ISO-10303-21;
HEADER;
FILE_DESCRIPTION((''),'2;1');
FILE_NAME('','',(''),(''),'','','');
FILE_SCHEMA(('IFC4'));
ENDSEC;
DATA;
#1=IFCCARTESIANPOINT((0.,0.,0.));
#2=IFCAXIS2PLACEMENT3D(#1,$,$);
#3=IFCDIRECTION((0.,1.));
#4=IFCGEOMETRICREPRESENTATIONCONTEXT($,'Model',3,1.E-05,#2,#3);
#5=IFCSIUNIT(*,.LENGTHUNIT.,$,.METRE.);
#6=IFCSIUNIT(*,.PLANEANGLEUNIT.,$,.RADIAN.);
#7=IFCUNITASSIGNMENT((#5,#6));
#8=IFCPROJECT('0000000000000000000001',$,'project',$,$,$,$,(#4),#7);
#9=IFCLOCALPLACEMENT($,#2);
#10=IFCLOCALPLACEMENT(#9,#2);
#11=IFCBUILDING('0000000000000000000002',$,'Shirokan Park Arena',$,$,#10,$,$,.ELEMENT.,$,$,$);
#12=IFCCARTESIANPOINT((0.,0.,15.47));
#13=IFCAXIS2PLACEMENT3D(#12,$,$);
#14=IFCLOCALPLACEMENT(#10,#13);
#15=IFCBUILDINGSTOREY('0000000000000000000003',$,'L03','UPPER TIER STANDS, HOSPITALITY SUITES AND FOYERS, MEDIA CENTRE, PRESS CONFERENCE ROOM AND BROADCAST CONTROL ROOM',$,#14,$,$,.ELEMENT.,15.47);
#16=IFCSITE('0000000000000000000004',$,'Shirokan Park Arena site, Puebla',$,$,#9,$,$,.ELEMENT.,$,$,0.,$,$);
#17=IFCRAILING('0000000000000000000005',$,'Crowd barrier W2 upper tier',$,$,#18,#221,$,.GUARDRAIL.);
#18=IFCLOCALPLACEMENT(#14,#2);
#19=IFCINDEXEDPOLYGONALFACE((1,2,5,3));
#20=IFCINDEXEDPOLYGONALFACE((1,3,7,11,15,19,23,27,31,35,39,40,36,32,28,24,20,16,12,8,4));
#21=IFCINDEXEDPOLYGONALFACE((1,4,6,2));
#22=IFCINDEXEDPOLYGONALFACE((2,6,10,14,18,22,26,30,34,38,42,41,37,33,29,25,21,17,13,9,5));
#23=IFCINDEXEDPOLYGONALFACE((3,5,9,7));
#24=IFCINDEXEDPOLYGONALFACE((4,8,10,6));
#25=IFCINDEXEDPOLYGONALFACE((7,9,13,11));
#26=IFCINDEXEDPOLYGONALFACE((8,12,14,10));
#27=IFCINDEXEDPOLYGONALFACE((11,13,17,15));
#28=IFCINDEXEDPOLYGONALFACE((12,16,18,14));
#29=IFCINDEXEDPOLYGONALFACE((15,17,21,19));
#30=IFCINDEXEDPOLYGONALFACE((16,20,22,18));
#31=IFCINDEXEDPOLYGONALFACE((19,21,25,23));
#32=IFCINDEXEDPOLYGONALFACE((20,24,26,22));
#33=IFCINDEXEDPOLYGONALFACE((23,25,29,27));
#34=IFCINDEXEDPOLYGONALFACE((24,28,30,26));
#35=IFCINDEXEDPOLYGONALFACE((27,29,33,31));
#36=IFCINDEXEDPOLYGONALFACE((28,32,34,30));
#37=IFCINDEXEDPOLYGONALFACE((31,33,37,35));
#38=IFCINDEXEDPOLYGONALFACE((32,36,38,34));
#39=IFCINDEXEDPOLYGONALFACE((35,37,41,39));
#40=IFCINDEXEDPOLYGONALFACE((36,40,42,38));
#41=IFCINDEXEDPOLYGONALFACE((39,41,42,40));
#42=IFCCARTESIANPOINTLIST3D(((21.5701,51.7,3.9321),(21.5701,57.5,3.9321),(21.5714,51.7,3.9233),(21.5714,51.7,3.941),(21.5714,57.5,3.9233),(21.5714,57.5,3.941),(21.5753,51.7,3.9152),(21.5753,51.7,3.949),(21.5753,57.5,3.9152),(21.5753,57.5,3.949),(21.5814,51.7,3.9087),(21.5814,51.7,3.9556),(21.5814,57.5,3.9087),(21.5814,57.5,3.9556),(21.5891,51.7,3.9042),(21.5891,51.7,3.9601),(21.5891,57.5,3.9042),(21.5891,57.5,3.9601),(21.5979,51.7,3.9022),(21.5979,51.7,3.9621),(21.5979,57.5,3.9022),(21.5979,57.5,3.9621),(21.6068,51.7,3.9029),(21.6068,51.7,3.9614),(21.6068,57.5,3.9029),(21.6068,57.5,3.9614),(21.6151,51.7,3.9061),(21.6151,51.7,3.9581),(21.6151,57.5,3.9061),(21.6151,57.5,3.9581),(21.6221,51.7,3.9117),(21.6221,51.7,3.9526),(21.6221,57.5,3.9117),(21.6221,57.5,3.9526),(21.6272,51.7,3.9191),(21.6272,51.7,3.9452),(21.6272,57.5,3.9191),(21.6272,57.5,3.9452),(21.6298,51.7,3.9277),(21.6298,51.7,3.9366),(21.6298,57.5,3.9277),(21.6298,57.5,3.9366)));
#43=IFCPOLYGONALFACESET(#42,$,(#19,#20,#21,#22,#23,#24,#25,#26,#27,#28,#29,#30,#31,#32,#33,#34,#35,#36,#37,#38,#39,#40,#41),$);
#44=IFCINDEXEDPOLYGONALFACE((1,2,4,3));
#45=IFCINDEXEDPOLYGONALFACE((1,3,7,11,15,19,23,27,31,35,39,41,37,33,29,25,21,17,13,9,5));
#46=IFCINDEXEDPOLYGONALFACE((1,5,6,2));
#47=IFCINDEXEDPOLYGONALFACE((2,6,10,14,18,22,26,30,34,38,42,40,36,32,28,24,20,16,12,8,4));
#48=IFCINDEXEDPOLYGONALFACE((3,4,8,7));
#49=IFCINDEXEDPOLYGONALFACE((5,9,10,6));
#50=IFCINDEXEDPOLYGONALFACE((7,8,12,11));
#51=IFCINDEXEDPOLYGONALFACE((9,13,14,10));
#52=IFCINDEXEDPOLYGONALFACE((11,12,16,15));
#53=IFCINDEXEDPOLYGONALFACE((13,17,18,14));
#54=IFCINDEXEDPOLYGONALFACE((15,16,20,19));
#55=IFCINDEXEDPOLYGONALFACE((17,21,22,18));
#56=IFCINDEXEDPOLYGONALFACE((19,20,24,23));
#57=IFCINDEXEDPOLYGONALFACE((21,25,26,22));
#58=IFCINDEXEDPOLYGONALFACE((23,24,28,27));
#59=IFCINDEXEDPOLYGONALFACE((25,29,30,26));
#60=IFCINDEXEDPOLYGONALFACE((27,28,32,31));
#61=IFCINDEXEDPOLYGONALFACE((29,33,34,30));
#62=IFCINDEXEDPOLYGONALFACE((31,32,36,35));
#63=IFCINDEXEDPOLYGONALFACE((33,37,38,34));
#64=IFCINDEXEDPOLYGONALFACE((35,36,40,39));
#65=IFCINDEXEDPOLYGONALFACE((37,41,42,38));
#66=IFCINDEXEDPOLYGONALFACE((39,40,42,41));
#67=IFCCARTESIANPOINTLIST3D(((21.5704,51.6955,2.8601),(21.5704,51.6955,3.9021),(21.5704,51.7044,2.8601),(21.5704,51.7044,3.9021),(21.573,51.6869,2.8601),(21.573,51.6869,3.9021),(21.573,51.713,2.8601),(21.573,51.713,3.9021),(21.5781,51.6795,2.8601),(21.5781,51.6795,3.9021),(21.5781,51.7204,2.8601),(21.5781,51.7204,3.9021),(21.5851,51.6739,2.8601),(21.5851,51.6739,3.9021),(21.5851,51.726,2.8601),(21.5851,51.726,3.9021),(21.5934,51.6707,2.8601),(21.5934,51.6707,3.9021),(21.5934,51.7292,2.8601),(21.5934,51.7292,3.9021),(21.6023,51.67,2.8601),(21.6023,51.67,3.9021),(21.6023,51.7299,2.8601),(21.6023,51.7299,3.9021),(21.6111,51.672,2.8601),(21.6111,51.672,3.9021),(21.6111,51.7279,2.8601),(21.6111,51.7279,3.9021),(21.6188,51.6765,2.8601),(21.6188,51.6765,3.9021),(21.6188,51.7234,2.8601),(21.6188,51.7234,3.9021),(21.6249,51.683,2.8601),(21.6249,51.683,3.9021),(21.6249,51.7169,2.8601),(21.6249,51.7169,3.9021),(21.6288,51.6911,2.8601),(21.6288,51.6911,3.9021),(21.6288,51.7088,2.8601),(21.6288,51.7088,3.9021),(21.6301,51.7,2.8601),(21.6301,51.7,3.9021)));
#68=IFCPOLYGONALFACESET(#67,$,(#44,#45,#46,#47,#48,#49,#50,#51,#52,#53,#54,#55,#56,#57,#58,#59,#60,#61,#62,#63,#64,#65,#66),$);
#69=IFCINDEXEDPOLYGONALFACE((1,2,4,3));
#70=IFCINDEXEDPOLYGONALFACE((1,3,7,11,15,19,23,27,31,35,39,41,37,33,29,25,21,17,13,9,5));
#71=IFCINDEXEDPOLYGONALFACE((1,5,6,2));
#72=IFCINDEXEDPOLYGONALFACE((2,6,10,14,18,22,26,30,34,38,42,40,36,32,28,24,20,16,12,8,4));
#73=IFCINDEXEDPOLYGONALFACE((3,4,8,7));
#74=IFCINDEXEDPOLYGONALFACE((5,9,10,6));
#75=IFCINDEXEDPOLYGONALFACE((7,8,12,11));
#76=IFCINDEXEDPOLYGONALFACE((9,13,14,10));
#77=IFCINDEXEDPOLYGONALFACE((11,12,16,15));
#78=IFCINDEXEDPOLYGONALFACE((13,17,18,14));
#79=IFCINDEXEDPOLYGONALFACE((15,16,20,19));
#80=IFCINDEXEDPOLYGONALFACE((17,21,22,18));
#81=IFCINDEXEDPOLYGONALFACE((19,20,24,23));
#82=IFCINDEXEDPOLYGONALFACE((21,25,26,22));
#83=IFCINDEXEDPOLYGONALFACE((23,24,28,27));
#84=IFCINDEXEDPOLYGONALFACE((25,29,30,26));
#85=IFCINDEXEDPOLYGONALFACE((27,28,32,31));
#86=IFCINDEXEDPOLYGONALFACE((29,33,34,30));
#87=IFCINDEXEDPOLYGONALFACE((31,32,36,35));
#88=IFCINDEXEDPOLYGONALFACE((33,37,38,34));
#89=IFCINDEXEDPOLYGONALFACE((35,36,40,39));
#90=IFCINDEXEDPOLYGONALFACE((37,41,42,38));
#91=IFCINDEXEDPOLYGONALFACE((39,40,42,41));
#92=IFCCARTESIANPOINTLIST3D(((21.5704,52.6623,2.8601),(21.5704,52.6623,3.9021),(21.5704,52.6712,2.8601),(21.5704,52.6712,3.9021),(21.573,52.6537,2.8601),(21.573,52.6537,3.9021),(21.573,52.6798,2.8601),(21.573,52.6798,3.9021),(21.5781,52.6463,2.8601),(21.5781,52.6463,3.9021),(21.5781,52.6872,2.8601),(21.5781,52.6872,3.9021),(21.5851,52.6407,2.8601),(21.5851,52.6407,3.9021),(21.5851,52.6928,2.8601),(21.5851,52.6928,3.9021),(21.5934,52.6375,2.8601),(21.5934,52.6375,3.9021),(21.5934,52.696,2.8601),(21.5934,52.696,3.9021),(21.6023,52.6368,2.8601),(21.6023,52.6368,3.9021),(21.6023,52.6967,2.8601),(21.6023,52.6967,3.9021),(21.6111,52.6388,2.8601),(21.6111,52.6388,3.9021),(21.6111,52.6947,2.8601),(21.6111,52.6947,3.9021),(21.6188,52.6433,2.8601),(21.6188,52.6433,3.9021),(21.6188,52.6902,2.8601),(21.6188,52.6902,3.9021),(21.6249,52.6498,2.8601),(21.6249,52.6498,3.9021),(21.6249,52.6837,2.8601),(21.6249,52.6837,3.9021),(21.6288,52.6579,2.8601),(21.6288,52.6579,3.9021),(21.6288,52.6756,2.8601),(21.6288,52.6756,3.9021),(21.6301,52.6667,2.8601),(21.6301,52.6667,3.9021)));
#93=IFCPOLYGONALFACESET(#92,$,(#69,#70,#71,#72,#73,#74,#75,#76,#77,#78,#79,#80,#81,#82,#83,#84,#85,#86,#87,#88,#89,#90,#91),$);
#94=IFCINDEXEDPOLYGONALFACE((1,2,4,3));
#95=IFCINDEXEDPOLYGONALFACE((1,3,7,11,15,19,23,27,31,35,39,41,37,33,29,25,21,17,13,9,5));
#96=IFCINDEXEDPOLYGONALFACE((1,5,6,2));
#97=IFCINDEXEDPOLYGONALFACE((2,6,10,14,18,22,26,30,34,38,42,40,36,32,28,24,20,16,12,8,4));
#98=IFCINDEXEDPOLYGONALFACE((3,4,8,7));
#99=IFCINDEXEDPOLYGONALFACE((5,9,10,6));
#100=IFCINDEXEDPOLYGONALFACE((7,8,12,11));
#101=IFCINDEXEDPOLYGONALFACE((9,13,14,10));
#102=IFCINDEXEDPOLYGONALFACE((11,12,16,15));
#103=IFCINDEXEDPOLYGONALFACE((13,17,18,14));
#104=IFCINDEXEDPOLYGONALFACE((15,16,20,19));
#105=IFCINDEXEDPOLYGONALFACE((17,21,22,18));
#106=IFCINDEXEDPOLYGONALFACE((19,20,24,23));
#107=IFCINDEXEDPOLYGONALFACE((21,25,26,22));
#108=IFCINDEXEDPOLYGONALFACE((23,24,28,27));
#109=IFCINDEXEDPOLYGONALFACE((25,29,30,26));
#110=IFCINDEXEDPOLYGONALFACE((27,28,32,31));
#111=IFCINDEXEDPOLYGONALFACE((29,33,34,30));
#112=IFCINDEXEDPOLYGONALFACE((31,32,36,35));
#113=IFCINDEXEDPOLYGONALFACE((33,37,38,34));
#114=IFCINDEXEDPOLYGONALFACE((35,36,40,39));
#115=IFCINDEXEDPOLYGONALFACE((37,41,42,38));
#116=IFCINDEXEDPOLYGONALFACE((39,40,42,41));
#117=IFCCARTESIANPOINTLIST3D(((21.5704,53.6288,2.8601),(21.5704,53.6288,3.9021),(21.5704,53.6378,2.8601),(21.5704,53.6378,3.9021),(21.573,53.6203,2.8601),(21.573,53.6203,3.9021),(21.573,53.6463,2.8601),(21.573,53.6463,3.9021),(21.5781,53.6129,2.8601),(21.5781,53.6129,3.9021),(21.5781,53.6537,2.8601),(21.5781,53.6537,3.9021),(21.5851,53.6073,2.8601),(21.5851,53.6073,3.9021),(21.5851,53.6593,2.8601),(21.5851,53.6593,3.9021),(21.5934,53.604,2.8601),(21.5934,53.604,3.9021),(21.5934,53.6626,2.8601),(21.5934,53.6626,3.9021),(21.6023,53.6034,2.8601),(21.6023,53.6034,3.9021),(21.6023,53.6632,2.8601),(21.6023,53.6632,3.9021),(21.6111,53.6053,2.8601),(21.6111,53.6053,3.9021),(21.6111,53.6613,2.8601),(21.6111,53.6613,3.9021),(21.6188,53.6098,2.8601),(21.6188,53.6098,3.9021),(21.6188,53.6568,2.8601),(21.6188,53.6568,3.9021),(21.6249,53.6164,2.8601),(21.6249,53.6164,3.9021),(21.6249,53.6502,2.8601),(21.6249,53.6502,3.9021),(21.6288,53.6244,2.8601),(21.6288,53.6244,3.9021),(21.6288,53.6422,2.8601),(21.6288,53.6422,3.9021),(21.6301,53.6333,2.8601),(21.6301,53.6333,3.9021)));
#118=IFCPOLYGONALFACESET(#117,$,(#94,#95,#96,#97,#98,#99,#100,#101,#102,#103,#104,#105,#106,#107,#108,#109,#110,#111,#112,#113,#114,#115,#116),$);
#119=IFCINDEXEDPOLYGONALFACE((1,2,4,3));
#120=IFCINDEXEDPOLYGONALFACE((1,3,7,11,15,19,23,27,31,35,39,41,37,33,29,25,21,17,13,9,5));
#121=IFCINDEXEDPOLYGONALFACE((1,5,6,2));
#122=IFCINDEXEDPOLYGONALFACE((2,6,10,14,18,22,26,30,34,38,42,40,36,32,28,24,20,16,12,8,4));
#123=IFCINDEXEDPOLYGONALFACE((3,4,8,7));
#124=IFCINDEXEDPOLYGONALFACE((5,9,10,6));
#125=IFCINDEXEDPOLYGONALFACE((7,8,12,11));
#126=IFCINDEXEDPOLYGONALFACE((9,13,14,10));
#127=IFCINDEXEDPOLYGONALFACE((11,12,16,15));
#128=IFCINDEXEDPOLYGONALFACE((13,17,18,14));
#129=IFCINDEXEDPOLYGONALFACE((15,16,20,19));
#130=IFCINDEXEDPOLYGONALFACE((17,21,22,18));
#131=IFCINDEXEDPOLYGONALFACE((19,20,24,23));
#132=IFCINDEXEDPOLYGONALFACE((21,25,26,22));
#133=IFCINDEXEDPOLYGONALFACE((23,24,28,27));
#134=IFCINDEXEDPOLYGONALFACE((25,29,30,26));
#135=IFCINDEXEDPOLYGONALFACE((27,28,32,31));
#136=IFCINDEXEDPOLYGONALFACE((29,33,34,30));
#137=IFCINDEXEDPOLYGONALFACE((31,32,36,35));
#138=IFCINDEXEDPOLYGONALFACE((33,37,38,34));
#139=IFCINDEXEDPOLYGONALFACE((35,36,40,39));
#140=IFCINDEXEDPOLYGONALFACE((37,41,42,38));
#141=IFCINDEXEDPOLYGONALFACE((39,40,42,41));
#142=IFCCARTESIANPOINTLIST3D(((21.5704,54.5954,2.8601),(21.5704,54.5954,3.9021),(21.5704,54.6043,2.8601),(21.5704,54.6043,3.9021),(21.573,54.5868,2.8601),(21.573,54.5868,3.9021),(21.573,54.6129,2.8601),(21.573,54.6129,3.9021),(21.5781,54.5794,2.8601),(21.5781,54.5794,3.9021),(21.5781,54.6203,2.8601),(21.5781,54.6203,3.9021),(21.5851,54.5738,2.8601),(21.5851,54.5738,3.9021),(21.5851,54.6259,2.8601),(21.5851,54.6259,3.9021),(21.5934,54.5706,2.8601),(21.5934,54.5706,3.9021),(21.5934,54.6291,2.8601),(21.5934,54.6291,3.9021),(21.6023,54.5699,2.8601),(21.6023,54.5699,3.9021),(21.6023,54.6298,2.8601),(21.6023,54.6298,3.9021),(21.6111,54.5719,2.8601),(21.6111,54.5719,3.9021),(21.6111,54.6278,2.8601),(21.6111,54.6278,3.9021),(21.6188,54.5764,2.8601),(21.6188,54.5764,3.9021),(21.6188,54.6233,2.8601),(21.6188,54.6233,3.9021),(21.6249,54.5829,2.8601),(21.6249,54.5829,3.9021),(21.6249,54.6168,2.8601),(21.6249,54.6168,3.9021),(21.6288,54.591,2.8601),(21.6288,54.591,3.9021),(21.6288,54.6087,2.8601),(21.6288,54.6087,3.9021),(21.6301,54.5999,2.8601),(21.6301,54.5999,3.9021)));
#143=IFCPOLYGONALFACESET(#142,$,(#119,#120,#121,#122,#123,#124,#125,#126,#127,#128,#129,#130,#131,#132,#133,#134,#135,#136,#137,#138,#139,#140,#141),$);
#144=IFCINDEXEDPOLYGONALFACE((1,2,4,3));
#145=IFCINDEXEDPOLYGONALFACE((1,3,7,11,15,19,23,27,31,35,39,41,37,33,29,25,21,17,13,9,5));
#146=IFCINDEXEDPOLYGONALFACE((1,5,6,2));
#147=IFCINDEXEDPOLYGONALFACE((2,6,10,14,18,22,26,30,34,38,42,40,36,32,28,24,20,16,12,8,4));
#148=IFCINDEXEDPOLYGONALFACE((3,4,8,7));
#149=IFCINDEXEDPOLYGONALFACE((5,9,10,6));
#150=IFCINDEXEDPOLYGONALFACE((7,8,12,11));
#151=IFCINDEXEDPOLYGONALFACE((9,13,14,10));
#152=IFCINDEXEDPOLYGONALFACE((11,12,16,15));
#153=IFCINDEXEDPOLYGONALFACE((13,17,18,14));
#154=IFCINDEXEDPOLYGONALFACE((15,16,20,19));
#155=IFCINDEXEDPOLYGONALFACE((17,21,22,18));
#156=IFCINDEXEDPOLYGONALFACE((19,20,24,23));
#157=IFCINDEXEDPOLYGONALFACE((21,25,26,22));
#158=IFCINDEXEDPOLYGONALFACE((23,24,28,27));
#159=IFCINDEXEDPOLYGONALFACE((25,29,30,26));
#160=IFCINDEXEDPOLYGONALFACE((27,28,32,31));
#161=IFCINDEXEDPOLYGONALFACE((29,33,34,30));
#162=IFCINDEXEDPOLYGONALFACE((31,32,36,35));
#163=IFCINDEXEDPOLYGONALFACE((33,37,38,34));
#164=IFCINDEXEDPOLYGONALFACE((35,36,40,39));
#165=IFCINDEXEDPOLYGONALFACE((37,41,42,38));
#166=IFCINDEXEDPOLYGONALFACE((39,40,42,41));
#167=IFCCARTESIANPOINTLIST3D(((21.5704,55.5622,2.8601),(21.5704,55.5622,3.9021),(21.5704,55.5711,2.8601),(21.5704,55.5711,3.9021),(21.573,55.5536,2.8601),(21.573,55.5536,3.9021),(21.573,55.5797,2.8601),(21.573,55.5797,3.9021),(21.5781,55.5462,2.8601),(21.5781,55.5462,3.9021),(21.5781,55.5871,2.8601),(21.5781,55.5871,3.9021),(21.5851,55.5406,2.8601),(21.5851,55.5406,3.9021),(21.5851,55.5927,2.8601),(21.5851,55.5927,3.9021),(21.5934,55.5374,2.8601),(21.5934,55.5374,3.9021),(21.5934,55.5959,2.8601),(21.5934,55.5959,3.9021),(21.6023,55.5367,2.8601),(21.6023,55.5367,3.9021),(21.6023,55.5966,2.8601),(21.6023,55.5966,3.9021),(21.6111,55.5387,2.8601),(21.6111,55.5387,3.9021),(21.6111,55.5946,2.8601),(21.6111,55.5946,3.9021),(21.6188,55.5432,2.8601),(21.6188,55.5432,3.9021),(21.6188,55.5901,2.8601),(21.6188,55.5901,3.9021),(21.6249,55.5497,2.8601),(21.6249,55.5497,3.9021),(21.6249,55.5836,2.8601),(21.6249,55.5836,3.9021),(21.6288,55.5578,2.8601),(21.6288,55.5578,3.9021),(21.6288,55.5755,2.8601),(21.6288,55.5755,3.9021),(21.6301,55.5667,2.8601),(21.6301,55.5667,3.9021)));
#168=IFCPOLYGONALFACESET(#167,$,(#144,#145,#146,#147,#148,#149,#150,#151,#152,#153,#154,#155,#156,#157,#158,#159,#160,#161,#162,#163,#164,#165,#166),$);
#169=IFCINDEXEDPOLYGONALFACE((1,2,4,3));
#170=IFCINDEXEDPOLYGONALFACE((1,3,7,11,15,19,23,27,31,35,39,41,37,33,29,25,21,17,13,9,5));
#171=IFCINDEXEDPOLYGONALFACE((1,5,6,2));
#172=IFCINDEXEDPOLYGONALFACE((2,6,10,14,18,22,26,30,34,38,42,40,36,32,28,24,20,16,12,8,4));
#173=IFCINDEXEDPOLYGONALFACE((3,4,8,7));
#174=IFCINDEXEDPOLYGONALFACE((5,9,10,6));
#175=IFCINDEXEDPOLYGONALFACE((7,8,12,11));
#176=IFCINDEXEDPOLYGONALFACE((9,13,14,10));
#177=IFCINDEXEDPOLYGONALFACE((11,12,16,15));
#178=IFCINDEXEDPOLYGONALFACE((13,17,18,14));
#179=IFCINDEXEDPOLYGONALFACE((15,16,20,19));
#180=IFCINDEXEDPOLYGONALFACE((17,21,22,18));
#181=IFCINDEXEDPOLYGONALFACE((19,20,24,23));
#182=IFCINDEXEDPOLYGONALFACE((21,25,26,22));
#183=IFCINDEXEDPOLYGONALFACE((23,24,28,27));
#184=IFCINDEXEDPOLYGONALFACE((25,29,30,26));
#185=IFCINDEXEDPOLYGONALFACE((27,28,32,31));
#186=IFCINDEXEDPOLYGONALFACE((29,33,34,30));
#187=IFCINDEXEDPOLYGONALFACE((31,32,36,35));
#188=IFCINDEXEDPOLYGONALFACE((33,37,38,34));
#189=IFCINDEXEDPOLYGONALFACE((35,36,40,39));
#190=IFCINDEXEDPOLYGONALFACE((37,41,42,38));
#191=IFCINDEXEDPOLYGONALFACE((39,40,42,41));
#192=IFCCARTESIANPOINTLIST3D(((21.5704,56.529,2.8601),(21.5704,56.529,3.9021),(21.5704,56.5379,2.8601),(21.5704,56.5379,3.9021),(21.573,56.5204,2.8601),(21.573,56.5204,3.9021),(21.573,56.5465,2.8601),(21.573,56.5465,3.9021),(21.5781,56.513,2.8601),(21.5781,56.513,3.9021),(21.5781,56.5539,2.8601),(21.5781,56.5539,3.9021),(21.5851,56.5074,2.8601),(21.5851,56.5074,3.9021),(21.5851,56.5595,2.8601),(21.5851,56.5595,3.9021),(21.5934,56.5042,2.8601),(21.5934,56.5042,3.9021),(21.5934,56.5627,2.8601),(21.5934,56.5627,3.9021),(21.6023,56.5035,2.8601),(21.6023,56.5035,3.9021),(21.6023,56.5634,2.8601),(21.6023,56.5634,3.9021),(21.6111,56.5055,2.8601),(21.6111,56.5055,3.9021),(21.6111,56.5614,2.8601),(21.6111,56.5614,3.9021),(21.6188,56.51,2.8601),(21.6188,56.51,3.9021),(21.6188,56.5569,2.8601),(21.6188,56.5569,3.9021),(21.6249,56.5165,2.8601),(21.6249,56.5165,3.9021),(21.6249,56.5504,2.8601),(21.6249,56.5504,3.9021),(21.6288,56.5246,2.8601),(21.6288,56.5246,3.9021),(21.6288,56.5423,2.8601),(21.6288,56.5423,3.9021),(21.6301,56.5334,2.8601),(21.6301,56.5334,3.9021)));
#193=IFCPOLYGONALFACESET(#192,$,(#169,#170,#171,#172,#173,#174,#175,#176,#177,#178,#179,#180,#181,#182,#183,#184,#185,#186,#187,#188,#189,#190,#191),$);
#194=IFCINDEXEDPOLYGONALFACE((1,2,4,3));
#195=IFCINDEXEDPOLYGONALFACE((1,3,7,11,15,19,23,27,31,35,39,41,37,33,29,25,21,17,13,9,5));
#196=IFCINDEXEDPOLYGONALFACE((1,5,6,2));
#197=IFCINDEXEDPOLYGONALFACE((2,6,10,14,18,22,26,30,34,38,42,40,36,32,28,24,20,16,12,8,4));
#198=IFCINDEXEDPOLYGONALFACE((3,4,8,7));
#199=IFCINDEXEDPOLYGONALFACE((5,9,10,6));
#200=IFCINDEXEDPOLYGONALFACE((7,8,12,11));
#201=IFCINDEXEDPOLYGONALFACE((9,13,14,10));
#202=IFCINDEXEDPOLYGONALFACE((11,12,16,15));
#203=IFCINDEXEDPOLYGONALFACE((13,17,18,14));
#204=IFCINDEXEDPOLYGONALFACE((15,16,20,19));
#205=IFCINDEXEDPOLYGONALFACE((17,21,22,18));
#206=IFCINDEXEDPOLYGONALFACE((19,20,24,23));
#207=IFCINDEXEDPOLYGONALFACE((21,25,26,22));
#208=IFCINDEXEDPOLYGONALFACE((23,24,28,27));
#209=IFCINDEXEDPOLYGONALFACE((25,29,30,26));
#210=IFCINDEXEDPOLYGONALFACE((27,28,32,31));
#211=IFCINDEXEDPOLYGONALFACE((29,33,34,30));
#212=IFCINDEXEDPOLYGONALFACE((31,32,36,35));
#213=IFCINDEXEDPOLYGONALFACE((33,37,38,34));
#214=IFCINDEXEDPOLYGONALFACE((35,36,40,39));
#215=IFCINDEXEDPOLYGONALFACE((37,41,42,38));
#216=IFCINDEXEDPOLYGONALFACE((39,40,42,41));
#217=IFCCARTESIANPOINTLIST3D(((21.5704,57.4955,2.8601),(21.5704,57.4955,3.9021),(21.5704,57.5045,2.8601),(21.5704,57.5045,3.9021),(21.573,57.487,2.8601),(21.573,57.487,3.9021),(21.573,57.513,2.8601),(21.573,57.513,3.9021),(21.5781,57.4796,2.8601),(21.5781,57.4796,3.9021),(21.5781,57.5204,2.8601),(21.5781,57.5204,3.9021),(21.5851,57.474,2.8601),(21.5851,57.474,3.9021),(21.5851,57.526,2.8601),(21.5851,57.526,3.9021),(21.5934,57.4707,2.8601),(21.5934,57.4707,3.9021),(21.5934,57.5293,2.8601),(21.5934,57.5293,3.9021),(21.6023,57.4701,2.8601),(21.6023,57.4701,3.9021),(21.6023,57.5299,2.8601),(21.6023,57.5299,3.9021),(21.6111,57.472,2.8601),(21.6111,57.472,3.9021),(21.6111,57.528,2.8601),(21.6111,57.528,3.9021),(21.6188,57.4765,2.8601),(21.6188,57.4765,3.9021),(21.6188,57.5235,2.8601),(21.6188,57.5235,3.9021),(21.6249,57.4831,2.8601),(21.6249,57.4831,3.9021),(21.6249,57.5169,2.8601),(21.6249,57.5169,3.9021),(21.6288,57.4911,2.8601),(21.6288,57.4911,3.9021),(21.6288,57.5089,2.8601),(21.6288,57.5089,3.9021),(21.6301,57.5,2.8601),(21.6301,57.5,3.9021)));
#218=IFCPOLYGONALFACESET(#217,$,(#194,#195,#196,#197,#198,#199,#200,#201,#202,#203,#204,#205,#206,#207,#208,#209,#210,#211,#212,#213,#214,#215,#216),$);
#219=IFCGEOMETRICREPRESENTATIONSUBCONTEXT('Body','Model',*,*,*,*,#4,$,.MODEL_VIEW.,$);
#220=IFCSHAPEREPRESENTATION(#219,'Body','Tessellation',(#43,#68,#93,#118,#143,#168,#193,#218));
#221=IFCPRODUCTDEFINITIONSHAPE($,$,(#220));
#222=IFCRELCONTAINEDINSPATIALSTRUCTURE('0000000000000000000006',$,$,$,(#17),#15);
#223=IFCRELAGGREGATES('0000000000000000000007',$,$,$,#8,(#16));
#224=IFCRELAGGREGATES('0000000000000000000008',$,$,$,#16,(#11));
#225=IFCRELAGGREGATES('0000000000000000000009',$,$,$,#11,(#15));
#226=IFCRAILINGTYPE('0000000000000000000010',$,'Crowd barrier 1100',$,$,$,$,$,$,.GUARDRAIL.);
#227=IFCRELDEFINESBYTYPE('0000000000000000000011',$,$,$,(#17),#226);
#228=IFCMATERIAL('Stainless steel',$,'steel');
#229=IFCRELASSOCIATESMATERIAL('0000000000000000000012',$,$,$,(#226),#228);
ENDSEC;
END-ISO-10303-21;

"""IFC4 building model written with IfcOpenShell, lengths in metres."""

from ifc_helpers import new_model, si_unit, direction, frame, origin, origin_2d, place, context, subcontext, project, spatial, circle, extrude, material, type_object, element, save


model = new_model("IFC4")

# Units and contexts
model_context = context("Model", 3, precision=1e-05, world=origin(), true_north=direction((0.0, 1.0)))
body_context = subcontext(model_context, "Body", "Model", "MODEL_VIEW")
ifc_project = project(units=[si_unit("LENGTHUNIT", "METRE"), si_unit("PLANEANGLEUNIT", "RADIAN")], contexts=[model_context])

# Site, building, storey
site_placement = place(None, origin())
site = spatial("IfcSite", under=ifc_project, at=site_placement, Name="Shirokan Park Arena site, Puebla", CompositionType="ELEMENT", RefElevation=0.0)
building_placement = place(site_placement, origin())
building = spatial("IfcBuilding", under=site, at=building_placement, Name="Shirokan Park Arena", CompositionType="ELEMENT")
storey_placement = place(building_placement, frame((0.0, 0.0, 15.47)))
storey = spatial("IfcBuildingStorey", under=building, at=storey_placement, Name="L03", Description="UPPER TIER STANDS, HOSPITALITY SUITES AND FOYERS, MEDIA CENTRE, PRESS CONFERENCE ROOM AND BROADCAST CONTROL ROOM", CompositionType="ELEMENT", Elevation=15.47)

# Railing
ifc_material_1 = material(Name="Stainless steel", Category="steel")
railing_type_1 = type_object("IfcRailingType", Name="Crowd barrier 1100", PredefinedType="GUARDRAIL", material=ifc_material_1)
railing_1_placement = place(storey_placement, frame((21.6001, 51.7, 2.8601)))
element("IfcRailing", 1, at=railing_1_placement, inside=storey, type_object=railing_type_1, Name="Crowd barrier W2 upper tier", PredefinedType="GUARDRAIL", context=body_context, shape_type="SweptSolid", body=[
    extrude(circle(Radius=0.03, at=origin_2d()), frame((0.0, 0.0, 1.072), z_axis=(0.0, 1.0, 0.0), x_axis=(-1.0, 0.0, 0.0)), (0.0, 0.0, 1.0), 5.8),
    extrude(circle(Radius=0.03, at=origin_2d()), origin(), (0.0, 0.0, 1.0), 1.042),
    extrude(circle(Radius=0.03, at=origin_2d()), frame((0.0, 0.9668, 0.0)), (0.0, 0.0, 1.0), 1.042),
    extrude(circle(Radius=0.03, at=origin_2d()), frame((0.0, 1.9333, 0.0)), (0.0, 0.0, 1.0), 1.042),
    extrude(circle(Radius=0.03, at=origin_2d()), frame((0.0, 2.8999, 0.0)), (0.0, 0.0, 1.0), 1.042),
    extrude(circle(Radius=0.03, at=origin_2d()), frame((0.0, 3.8667, 0.0)), (0.0, 0.0, 1.0), 1.042),
    extrude(circle(Radius=0.03, at=origin_2d()), frame((0.0, 4.8335, 0.0)), (0.0, 0.0, 1.0), 1.042),
    extrude(circle(Radius=0.03, at=origin_2d()), frame((0.0, 5.8, 0.0)), (0.0, 0.0, 1.0), 1.042),
])

save(model, "model.ifc")
